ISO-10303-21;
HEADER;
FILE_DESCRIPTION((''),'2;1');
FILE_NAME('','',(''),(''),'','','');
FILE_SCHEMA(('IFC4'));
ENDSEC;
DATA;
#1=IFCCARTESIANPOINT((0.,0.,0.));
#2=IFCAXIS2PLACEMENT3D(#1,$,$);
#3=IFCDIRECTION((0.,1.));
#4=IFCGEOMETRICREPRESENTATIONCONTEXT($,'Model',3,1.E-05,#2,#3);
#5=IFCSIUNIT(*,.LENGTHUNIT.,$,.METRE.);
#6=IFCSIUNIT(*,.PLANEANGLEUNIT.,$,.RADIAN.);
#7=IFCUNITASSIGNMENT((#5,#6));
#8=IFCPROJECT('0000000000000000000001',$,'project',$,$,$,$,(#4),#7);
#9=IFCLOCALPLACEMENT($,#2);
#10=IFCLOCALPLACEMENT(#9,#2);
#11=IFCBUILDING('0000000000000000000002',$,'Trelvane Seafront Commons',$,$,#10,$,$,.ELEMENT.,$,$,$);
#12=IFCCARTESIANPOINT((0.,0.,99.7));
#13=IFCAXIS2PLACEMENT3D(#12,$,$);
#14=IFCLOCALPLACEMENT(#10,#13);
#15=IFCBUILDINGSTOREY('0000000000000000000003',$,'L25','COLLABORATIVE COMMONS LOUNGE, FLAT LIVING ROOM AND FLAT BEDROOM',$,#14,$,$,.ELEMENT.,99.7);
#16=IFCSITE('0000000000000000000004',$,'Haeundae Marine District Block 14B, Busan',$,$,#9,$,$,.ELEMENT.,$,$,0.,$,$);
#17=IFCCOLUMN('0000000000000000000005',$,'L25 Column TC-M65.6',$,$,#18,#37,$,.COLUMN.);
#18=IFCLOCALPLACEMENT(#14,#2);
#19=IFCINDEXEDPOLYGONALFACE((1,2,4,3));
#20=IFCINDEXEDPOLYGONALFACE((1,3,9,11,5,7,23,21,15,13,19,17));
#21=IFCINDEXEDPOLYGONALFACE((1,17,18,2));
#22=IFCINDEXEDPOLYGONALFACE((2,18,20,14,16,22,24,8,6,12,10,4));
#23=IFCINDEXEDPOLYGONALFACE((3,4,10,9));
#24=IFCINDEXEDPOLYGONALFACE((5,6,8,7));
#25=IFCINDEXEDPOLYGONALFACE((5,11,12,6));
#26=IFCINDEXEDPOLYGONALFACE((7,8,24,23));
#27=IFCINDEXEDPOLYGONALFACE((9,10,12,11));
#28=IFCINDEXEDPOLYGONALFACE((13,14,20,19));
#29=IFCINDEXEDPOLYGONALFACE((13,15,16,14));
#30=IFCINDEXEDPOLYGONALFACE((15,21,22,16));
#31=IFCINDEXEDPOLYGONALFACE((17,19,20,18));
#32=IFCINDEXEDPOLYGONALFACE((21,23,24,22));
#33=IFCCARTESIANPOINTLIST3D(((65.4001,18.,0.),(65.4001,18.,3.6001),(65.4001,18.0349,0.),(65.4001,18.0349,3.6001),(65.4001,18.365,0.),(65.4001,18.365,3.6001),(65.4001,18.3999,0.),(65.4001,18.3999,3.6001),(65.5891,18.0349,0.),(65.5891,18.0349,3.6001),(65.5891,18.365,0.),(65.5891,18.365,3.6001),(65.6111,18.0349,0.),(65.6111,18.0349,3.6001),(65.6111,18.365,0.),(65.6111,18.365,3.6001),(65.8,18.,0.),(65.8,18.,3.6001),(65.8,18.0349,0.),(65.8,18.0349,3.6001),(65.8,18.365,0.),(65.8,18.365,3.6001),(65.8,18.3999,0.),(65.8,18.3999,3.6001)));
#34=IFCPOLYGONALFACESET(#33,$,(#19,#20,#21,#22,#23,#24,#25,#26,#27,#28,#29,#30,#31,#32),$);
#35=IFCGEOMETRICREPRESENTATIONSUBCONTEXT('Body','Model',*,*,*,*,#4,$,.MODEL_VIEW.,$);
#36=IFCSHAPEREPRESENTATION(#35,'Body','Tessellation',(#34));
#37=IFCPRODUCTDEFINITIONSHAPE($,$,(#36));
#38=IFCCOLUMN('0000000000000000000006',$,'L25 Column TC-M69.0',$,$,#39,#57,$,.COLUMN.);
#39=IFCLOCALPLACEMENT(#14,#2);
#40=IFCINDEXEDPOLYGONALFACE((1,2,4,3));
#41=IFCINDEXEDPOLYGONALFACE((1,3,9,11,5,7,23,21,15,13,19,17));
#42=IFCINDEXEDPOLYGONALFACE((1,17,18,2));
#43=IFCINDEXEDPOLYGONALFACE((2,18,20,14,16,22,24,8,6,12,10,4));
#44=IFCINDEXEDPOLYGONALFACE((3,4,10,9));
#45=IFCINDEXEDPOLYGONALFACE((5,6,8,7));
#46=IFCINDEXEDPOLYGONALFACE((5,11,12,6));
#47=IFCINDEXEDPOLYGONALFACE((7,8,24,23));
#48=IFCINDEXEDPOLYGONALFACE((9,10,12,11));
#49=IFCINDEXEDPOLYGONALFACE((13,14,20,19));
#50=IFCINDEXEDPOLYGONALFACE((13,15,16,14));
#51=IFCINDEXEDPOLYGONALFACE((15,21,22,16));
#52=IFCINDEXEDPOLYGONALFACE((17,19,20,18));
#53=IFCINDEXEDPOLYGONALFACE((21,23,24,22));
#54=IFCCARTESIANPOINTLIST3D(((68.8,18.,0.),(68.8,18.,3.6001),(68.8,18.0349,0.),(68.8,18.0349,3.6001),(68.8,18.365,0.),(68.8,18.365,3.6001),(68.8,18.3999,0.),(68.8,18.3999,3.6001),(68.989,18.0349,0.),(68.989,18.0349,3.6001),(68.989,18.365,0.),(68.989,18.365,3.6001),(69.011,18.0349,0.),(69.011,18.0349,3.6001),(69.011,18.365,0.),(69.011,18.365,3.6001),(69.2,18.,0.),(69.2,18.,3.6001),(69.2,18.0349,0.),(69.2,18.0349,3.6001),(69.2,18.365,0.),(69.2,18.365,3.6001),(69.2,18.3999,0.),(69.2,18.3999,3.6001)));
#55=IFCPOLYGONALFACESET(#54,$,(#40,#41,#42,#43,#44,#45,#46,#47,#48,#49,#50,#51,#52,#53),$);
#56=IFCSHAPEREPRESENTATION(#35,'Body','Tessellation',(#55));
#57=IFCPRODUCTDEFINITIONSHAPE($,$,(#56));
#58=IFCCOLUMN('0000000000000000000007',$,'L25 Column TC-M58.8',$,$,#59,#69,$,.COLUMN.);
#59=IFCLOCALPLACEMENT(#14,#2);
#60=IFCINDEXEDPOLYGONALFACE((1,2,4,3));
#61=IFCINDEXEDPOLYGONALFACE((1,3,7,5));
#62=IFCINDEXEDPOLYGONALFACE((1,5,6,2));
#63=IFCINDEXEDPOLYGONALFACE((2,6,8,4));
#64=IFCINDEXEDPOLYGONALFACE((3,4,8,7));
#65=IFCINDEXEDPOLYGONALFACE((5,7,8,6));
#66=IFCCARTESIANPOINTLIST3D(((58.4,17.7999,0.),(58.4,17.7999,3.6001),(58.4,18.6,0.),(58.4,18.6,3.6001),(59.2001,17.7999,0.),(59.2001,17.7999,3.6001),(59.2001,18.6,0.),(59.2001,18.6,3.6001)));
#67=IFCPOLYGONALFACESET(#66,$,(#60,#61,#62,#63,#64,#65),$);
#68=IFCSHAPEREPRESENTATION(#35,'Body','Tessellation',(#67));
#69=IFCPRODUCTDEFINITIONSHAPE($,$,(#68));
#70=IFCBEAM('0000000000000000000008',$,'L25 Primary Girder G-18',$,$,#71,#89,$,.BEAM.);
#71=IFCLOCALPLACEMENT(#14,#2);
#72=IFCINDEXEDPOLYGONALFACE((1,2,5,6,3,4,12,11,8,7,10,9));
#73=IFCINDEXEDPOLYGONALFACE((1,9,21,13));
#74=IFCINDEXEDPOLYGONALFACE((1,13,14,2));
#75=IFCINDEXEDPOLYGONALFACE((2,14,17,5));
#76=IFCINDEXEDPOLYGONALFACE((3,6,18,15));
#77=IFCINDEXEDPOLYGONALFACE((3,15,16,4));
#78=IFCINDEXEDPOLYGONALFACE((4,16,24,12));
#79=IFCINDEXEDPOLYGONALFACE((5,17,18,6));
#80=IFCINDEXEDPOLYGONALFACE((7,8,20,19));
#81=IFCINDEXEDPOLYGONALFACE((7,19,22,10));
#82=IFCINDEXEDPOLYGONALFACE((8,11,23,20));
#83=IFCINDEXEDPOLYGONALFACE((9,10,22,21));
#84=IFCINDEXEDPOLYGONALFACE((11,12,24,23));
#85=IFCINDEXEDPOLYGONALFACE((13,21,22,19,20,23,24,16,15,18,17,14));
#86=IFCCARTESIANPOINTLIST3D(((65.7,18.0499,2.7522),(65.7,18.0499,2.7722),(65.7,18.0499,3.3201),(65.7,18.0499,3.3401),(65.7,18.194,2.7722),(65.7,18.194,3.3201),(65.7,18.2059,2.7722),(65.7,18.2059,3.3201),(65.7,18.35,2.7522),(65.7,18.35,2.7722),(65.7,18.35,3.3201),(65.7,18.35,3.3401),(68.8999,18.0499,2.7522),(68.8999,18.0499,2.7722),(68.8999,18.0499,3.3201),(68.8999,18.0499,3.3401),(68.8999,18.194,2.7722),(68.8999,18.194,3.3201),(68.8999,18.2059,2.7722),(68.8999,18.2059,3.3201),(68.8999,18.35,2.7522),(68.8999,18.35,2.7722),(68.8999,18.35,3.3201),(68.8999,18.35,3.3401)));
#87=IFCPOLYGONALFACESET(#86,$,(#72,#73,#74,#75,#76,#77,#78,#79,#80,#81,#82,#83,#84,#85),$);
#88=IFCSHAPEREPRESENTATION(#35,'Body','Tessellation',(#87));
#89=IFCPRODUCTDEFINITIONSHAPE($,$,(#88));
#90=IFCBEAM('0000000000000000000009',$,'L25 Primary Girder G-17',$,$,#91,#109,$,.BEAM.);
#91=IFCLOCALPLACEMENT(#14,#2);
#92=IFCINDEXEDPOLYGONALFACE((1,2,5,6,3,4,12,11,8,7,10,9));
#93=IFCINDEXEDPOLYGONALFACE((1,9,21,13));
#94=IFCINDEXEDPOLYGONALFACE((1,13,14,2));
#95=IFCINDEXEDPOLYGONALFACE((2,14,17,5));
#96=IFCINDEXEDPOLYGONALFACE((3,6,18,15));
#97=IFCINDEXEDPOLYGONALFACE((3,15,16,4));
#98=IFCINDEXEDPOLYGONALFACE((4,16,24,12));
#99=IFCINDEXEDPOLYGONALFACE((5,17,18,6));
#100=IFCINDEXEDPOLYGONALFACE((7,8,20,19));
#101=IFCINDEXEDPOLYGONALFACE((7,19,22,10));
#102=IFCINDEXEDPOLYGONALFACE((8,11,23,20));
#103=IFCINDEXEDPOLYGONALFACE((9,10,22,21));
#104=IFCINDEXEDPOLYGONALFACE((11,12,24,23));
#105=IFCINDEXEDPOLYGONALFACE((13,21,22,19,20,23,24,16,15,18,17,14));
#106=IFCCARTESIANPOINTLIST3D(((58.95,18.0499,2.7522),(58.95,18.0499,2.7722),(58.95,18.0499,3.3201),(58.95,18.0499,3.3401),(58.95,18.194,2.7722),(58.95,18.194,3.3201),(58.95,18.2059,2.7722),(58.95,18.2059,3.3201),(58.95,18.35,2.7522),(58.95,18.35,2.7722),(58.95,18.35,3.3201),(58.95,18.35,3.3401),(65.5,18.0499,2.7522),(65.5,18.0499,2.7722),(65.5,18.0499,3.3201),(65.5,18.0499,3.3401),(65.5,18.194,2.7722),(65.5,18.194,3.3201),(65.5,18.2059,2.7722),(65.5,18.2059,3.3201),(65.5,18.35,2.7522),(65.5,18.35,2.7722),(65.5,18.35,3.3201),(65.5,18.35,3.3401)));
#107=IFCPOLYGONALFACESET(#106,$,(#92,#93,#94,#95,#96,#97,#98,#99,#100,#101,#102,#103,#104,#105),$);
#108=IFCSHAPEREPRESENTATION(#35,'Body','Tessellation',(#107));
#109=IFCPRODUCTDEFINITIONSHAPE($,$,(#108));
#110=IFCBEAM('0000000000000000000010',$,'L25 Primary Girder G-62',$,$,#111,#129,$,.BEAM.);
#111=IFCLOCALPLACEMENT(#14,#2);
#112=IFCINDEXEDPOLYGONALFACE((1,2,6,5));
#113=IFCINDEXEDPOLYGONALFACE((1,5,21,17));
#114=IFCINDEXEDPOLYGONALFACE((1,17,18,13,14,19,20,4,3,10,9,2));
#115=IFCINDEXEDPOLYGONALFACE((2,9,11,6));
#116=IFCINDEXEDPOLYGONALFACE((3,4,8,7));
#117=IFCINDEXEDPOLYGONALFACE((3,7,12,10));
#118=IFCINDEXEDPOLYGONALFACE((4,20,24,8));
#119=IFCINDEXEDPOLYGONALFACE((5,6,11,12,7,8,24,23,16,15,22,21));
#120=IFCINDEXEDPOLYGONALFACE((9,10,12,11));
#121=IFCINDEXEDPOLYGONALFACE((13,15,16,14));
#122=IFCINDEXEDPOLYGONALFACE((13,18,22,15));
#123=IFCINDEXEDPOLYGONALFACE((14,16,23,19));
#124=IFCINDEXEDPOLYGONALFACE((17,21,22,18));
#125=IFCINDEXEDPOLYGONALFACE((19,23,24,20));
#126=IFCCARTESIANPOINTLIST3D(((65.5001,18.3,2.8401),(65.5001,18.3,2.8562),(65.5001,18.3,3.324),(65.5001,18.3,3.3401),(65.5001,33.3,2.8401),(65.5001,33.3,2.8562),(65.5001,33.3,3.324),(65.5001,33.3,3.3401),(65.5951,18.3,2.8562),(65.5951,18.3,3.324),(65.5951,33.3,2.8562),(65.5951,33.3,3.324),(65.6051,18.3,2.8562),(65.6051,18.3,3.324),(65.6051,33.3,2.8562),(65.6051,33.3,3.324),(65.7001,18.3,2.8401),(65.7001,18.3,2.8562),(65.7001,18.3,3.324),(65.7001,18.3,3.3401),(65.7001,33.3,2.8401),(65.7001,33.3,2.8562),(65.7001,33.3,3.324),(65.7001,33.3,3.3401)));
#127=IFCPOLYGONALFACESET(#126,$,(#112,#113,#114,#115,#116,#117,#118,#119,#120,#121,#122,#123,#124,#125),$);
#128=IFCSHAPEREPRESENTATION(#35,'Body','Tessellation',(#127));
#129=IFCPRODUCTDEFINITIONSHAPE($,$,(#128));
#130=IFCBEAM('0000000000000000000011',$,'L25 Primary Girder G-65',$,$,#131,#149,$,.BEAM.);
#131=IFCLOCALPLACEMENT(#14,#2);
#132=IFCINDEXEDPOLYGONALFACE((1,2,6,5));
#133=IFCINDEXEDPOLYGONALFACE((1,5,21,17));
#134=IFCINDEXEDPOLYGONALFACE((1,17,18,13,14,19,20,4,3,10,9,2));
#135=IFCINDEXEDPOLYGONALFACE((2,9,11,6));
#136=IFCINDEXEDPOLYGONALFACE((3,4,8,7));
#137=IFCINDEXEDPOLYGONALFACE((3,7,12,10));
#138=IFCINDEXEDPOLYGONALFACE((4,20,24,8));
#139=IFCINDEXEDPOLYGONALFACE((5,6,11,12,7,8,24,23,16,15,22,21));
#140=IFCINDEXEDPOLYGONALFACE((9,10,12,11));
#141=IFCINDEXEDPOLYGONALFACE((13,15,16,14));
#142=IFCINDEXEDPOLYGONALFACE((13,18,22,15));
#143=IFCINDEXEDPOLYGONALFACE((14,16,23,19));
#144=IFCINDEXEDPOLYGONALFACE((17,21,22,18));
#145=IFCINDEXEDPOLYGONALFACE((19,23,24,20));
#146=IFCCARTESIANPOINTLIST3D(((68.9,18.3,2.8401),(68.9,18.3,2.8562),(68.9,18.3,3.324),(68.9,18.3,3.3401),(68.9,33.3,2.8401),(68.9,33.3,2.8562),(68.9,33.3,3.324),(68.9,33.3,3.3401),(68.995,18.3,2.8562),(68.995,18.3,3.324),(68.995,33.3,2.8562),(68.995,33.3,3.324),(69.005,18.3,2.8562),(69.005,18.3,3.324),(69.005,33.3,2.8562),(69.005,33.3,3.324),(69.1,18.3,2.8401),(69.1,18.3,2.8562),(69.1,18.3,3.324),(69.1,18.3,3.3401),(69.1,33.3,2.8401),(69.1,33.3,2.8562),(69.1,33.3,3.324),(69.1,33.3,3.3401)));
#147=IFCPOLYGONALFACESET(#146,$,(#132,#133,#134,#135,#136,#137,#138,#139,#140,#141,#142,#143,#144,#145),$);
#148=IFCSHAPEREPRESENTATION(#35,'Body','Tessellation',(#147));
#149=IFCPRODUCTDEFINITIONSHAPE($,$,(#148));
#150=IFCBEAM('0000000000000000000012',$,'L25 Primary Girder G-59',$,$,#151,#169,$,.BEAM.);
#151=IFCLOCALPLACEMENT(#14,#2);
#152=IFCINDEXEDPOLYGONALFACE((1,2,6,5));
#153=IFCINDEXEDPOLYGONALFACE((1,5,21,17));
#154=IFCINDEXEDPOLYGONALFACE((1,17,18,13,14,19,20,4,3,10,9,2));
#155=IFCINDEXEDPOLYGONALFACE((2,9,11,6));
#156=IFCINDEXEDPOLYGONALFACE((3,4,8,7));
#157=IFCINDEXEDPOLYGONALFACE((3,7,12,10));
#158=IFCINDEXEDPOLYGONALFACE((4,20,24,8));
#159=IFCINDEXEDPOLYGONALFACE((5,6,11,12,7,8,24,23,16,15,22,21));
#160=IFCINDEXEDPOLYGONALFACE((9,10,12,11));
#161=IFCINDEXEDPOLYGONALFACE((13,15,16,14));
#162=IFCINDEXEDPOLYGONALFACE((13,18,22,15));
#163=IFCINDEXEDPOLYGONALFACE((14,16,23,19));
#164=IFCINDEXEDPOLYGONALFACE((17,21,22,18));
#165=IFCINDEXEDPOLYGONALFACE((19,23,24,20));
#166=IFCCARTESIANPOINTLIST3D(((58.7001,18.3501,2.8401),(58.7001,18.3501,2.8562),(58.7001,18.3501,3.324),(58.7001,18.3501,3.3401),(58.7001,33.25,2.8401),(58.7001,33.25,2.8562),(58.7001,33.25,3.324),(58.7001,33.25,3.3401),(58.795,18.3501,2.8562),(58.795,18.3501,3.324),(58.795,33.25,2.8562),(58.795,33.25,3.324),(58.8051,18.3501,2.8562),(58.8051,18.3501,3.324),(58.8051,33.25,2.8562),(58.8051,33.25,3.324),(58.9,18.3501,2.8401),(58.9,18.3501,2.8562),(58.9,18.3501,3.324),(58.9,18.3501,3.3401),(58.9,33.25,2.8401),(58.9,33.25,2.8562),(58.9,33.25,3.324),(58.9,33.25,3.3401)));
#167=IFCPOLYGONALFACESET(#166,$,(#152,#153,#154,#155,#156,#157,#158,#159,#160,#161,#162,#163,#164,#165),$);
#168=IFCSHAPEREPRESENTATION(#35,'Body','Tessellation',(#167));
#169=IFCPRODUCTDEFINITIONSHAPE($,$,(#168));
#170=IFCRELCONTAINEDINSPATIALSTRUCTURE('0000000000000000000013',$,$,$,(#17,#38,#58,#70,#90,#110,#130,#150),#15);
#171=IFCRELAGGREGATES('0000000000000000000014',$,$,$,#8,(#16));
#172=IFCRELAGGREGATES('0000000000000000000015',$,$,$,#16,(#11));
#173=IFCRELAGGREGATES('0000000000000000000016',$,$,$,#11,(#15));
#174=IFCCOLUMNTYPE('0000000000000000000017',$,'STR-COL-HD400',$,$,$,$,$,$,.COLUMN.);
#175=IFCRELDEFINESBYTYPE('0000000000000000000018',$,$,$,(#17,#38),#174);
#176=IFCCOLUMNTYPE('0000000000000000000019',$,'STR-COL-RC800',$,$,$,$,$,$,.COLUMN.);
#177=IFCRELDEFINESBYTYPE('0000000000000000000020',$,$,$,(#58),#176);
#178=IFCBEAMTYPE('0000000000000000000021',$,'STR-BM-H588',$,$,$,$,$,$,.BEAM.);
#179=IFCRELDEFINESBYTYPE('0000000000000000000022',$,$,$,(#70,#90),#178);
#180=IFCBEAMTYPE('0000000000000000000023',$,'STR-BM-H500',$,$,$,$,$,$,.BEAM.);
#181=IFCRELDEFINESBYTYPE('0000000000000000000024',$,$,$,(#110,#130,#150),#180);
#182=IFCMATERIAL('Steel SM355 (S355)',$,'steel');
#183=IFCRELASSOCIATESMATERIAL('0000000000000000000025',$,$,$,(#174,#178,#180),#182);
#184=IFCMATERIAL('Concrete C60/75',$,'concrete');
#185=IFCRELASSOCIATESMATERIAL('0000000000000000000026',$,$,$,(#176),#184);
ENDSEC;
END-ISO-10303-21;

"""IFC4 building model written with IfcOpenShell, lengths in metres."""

from ifc_helpers import new_model, si_unit, direction, frame, origin, origin_2d, place, context, subcontext, project, spatial, rectangle, i_section, extrude, source, transform, mapped, material, material_profile, profile_set, type_object, element, save


model = new_model("IFC4")

# Units and contexts
model_context = context("Model", 3, precision=1e-05, world=origin(), true_north=direction((0.0, 1.0)))
body_context = subcontext(model_context, "Body", "Model", "MODEL_VIEW")
ifc_project = project(units=[si_unit("LENGTHUNIT", "METRE"), si_unit("PLANEANGLEUNIT", "RADIAN")], contexts=[model_context])

# Site, building, storey
site_placement = place(None, origin())
site = spatial("IfcSite", under=ifc_project, at=site_placement, Name="Haeundae Marine District Block 14B, Busan", CompositionType="ELEMENT", RefElevation=0.0)
building_placement = place(site_placement, origin())
building = spatial("IfcBuilding", under=site, at=building_placement, Name="Trelvane Seafront Commons", CompositionType="ELEMENT")
storey_placement = place(building_placement, frame((0.0, 0.0, 99.7)))
storey = spatial("IfcBuildingStorey", under=building, at=storey_placement, Name="L25", Description="COLLABORATIVE COMMONS LOUNGE, FLAT LIVING ROOM AND FLAT BEDROOM", CompositionType="ELEMENT", Elevation=99.7)

# Columns
ifc_material_1 = material(Name="Steel SM355 (S355)", Category="steel")
ifc_material_profile_1 = material_profile(ifc_material_1, i_section(OverallWidth=0.3999, OverallDepth=0.3999, WebThickness=0.022, FlangeThickness=0.0349, at=origin_2d()), Name="HD-400x400x22x35")
ifc_profile_set_1 = profile_set([ifc_material_profile_1], Name="Steel SM355 (S355)")
column_type_1 = type_object("IfcColumnType", Name="STR-COL-HD400", PredefinedType="COLUMN", material=ifc_profile_set_1)
shared_shape_1 = source(origin(), body_context, "Body", "SweptSolid", [
    extrude(i_section(OverallWidth=0.3999, OverallDepth=0.3999, WebThickness=0.022, FlangeThickness=0.0349, at=origin_2d()), origin(), (0.0, 0.0, 1.0), 3.6001),
])
for number, where, z_axis, x_axis, name in (
    (1, (65.6001, 18.2, 0.0), (0.0, 0.0, 1.0), (1.0, 0.0, 0.0), "L25 Column TC-M65.6"),
    (2, (69.0, 18.2, 0.0), (0.0, 0.0, 1.0), (1.0, 0.0, 0.0), "L25 Column TC-M69.0"),
):
    element("IfcColumn", number, at=place(storey_placement, frame(where, z_axis=z_axis, x_axis=x_axis)), inside=storey, type_object=column_type_1, Name=name, PredefinedType="COLUMN", context=body_context, shape_type="MappedRepresentation", body=[
        mapped(shared_shape_1, transform((0.0, 0.0, 0.0), x_axis=(1.0, 0.0, 0.0), y_axis=(0.0, 1.0, 0.0), z_axis=(0.0, 0.0, 1.0), scale=1.0)),
    ])
ifc_material_2 = material(Name="Concrete C60/75", Category="concrete")
ifc_material_profile_2 = material_profile(ifc_material_2, rectangle(XDim=0.8, YDim=0.8, at=origin_2d()), Name="RC-800x800")
ifc_profile_set_2 = profile_set([ifc_material_profile_2], Name="Concrete C60/75")
column_type_2 = type_object("IfcColumnType", Name="STR-COL-RC800", PredefinedType="COLUMN", material=ifc_profile_set_2)
shared_shape_2 = source(origin(), body_context, "Body", "SweptSolid", [
    extrude(rectangle(XDim=0.8, YDim=0.8, at=origin_2d()), origin(), (0.0, 0.0, 1.0), 3.6001),
])
column_placement = place(storey_placement, frame((58.8, 18.2, 0.0), z_axis=(0.0, 0.0, 1.0), x_axis=(1.0, 0.0, 0.0)))
element("IfcColumn", 3, at=column_placement, inside=storey, type_object=column_type_2, Name="L25 Column TC-M58.8", PredefinedType="COLUMN", context=body_context, shape_type="MappedRepresentation", body=[
    mapped(shared_shape_2, transform((0.0, 0.0, 0.0), x_axis=(1.0, 0.0, 0.0), y_axis=(0.0, 1.0, 0.0), z_axis=(0.0, 0.0, 1.0), scale=1.0)),
])

# Beams
ifc_material_profile_3 = material_profile(ifc_material_1, i_section(OverallWidth=0.3, OverallDepth=0.5879, WebThickness=0.012, FlangeThickness=0.02, at=origin_2d()), Name="H-588x300x12x20")
ifc_profile_set_3 = profile_set([ifc_material_profile_3], Name="Steel SM355 (S355)")
beam_type_1 = type_object("IfcBeamType", Name="STR-BM-H588", PredefinedType="BEAM", material=ifc_profile_set_3)
shared_shape_3 = source(origin(), body_context, "Body", "SweptSolid", [
    extrude(i_section(OverallWidth=0.3, OverallDepth=0.5879, WebThickness=0.012, FlangeThickness=0.02, at=origin_2d()), origin(), (0.0, 0.0, 1.0), 3.2),
])
beam_1_placement = place(storey_placement, frame((65.7, 18.2, 3.0461), z_axis=(1.0, 0.0, 0.0), x_axis=(0.0, 1.0, 0.0)))
element("IfcBeam", 4, at=beam_1_placement, inside=storey, type_object=beam_type_1, Name="L25 Primary Girder G-18", PredefinedType="BEAM", context=body_context, shape_type="MappedRepresentation", body=[
    mapped(shared_shape_3, transform((0.0, 0.0, 0.0), x_axis=(1.0, 0.0, 0.0), y_axis=(0.0, 1.0, 0.0), z_axis=(0.0, 0.0, 1.0), scale=1.0)),
])
shared_shape_4 = source(origin(), body_context, "Body", "SweptSolid", [
    extrude(i_section(OverallWidth=0.3, OverallDepth=0.5879, WebThickness=0.012, FlangeThickness=0.02, at=origin_2d()), origin(), (0.0, 0.0, 1.0), 6.55),
])
beam_2_placement = place(storey_placement, frame((58.95, 18.2, 3.0461), z_axis=(1.0, 0.0, 0.0), x_axis=(0.0, 1.0, 0.0)))
element("IfcBeam", 5, at=beam_2_placement, inside=storey, type_object=beam_type_1, Name="L25 Primary Girder G-17", PredefinedType="BEAM", context=body_context, shape_type="MappedRepresentation", body=[
    mapped(shared_shape_4, transform((0.0, 0.0, 0.0), x_axis=(1.0, 0.0, 0.0), y_axis=(0.0, 1.0, 0.0), z_axis=(0.0, 0.0, 1.0), scale=1.0)),
])
ifc_material_profile_4 = material_profile(ifc_material_1, i_section(OverallWidth=0.2, OverallDepth=0.5, WebThickness=0.01, FlangeThickness=0.0161, at=origin_2d()), Name="H-500x200x10x16")
ifc_profile_set_4 = profile_set([ifc_material_profile_4], Name="Steel SM355 (S355)")
beam_type_2 = type_object("IfcBeamType", Name="STR-BM-H500", PredefinedType="BEAM", material=ifc_profile_set_4)
shared_shape_5 = source(origin(), body_context, "Body", "SweptSolid", [
    extrude(i_section(OverallWidth=0.2, OverallDepth=0.5, WebThickness=0.01, FlangeThickness=0.0161, at=origin_2d()), origin(), (0.0, 0.0, 1.0), 15.0),
])
for number, where, z_axis, x_axis, name in (
    (6, (65.6001, 18.3, 3.0901), (0.0, 1.0, 0.0), (-1.0, 0.0, 0.0), "L25 Primary Girder G-62"),
    (7, (69.0, 18.3, 3.0901), (0.0, 1.0, 0.0), (-1.0, 0.0, 0.0), "L25 Primary Girder G-65"),
):
    element("IfcBeam", number, at=place(storey_placement, frame(where, z_axis=z_axis, x_axis=x_axis)), inside=storey, type_object=beam_type_2, Name=name, PredefinedType="BEAM", context=body_context, shape_type="MappedRepresentation", body=[
        mapped(shared_shape_5, transform((0.0, 0.0, 0.0), x_axis=(1.0, 0.0, 0.0), y_axis=(0.0, 1.0, 0.0), z_axis=(0.0, 0.0, 1.0), scale=1.0)),
    ])
shared_shape_6 = source(origin(), body_context, "Body", "SweptSolid", [
    extrude(i_section(OverallWidth=0.2, OverallDepth=0.5, WebThickness=0.01, FlangeThickness=0.0161, at=origin_2d()), origin(), (0.0, 0.0, 1.0), 14.8999),
])
beam_3_placement = place(storey_placement, frame((58.8, 18.3501, 3.0901), z_axis=(0.0, 1.0, 0.0), x_axis=(-1.0, 0.0, 0.0)))
element("IfcBeam", 8, at=beam_3_placement, inside=storey, type_object=beam_type_2, Name="L25 Primary Girder G-59", PredefinedType="BEAM", context=body_context, shape_type="MappedRepresentation", body=[
    mapped(shared_shape_6, transform((0.0, 0.0, 0.0), x_axis=(1.0, 0.0, 0.0), y_axis=(0.0, 1.0, 0.0), z_axis=(0.0, 0.0, 1.0), scale=1.0)),
])

save(model, "model.ifc")
